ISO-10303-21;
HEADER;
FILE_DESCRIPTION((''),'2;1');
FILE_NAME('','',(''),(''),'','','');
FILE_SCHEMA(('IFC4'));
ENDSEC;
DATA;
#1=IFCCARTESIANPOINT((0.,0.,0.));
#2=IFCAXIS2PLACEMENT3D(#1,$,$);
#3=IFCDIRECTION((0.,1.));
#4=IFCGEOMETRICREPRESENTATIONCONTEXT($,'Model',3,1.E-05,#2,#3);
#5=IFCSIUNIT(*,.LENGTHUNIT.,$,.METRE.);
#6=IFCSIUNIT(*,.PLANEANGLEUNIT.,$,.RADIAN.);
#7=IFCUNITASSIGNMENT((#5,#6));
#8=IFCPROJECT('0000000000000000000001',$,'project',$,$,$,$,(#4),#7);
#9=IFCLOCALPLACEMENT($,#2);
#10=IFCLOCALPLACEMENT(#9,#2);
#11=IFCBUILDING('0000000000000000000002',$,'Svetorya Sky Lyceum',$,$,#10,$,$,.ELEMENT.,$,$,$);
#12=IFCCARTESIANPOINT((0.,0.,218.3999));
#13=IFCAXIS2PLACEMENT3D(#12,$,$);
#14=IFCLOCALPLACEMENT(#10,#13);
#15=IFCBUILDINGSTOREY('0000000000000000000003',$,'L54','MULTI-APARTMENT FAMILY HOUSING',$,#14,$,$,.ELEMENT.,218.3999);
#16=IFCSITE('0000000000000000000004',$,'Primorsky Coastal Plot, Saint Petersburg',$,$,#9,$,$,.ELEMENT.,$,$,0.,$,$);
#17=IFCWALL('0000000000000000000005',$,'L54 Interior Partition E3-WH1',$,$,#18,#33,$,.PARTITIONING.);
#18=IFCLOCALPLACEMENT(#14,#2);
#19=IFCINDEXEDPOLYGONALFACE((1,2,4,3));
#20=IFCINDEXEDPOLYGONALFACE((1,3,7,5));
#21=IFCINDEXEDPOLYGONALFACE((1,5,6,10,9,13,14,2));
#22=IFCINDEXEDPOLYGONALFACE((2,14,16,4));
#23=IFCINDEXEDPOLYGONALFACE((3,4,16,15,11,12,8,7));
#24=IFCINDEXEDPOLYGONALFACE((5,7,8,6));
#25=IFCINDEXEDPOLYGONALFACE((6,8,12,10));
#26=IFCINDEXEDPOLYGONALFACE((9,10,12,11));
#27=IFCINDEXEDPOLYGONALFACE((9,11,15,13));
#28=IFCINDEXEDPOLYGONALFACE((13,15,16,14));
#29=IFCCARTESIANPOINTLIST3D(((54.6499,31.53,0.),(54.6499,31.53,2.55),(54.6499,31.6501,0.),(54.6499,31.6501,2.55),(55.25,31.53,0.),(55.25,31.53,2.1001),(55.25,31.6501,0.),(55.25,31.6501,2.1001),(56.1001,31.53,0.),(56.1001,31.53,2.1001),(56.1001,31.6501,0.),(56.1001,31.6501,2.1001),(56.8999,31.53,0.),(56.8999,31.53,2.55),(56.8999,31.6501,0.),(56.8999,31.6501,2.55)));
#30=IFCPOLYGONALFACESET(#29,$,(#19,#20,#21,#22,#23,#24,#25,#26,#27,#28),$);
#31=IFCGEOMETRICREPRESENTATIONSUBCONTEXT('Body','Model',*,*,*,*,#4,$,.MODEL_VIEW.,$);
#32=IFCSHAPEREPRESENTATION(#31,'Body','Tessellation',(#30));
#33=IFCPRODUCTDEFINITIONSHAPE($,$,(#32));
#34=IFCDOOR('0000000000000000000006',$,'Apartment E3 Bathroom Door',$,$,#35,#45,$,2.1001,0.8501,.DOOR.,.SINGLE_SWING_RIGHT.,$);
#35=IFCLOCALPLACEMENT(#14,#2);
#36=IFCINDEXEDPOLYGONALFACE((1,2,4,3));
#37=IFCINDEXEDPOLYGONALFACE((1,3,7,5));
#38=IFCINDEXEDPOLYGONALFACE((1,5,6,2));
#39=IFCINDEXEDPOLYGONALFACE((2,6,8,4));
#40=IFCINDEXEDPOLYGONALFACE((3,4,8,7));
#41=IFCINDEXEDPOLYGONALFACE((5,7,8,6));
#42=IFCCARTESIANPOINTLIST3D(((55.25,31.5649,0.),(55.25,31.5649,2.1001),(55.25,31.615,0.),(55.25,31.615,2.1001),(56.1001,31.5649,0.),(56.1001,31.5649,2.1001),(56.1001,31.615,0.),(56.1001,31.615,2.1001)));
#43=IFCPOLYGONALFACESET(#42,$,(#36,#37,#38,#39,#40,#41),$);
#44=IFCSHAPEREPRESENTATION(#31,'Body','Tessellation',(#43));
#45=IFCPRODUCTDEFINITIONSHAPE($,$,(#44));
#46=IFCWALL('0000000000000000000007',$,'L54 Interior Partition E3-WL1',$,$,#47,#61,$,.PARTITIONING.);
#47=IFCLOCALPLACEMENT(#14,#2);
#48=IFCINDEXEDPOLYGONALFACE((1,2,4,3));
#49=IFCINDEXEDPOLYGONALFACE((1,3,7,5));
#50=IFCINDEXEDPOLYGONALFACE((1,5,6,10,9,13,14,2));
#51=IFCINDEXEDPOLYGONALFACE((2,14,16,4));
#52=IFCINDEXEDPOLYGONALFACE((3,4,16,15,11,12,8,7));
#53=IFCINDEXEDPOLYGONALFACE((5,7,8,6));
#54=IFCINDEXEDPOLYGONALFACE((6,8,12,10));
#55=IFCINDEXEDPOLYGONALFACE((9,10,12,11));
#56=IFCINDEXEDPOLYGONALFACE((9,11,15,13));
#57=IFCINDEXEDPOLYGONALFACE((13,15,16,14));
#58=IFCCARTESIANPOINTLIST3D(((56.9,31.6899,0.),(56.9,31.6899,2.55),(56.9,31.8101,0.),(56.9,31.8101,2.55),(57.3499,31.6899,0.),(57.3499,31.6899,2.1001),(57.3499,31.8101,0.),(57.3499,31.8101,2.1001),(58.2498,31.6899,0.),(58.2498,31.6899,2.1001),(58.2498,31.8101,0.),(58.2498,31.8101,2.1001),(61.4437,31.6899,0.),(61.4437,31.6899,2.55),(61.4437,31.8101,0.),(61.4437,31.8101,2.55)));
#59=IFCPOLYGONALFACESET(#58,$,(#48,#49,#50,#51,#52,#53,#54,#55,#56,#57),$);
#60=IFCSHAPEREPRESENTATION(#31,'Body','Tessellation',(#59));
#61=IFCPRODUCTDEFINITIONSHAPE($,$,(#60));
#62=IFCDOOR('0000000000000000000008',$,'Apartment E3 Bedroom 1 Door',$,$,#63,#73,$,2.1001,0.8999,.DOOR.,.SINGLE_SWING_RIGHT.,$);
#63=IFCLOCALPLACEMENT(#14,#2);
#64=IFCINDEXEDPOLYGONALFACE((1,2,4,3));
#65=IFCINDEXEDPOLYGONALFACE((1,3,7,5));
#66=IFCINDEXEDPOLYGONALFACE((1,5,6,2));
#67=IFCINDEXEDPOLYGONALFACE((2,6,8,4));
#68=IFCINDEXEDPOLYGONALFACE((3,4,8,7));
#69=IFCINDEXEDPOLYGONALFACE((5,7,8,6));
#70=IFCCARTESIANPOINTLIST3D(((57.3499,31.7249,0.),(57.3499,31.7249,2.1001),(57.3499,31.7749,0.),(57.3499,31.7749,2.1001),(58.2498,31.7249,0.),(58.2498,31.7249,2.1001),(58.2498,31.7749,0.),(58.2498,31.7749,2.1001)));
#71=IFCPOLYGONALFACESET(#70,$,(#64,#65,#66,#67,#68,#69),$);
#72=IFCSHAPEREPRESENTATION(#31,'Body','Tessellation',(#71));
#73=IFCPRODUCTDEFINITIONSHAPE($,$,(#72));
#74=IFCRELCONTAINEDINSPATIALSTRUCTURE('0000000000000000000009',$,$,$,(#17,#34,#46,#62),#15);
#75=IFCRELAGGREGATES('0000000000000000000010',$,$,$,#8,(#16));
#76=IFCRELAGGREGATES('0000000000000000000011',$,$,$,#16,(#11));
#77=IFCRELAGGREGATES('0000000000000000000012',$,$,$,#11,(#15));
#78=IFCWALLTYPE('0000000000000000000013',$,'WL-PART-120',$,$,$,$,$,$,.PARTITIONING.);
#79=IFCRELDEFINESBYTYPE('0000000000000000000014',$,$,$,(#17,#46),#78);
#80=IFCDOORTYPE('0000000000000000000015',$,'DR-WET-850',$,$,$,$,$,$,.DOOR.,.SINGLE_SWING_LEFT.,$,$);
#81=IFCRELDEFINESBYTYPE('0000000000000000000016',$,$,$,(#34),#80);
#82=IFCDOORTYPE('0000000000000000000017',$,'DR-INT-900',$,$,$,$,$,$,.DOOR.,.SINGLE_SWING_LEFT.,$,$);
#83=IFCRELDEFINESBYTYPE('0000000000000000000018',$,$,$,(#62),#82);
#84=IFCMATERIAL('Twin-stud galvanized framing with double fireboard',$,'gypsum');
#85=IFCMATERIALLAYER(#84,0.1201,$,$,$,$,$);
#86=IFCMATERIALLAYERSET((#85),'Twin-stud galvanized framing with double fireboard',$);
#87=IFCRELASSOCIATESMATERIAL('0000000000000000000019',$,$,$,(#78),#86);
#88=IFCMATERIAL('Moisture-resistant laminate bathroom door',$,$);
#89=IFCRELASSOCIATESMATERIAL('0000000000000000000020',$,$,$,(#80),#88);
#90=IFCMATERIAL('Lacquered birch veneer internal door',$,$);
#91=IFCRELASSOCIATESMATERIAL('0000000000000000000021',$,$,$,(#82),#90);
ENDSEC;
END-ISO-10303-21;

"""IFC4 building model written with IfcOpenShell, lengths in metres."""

from ifc_helpers import new_model, si_unit, direction, frame, frame_2d, origin, place, context, subcontext, project, spatial, rectangle, extrude, material, layer, layer_set, type_object, element, fill, save


model = new_model("IFC4")

# Units and contexts
model_context = context("Model", 3, precision=1e-05, world=origin(), true_north=direction((0.0, 1.0)))
body_context = subcontext(model_context, "Body", "Model", "MODEL_VIEW")
ifc_project = project(units=[si_unit("LENGTHUNIT", "METRE"), si_unit("PLANEANGLEUNIT", "RADIAN")], contexts=[model_context])

# Site, building, storey
site_placement = place(None, origin())
site = spatial("IfcSite", under=ifc_project, at=site_placement, Name="Primorsky Coastal Plot, Saint Petersburg", CompositionType="ELEMENT", RefElevation=0.0)
building_placement = place(site_placement, origin())
building = spatial("IfcBuilding", under=site, at=building_placement, Name="Svetorya Sky Lyceum", CompositionType="ELEMENT")
storey_placement = place(building_placement, frame((0.0, 0.0, 218.3999)))
storey = spatial("IfcBuildingStorey", under=building, at=storey_placement, Name="L54", Description="MULTI-APARTMENT FAMILY HOUSING", CompositionType="ELEMENT", Elevation=218.3999)

# Walls, openings, doors
ifc_material_1 = material(Name="Twin-stud galvanized framing with double fireboard", Category="gypsum")
ifc_layer_1 = layer(ifc_material_1, 0.1201)
ifc_layer_set_1 = layer_set([ifc_layer_1], Name="Twin-stud galvanized framing with double fireboard")
wall_type_1 = type_object("IfcWallType", Name="WL-PART-120", PredefinedType="PARTITIONING", material=ifc_layer_set_1)
wall_1_placement = place(storey_placement, frame((54.6499, 31.5901, 0.0), z_axis=(0.0, 0.0, 1.0), x_axis=(1.0, 0.0, 0.0)))
wall_1 = element("IfcWall", 1, at=wall_1_placement, inside=storey, type_object=wall_type_1, Name="L54 Interior Partition E3-WH1", PredefinedType="PARTITIONING", context=body_context, shape_type="SweptSolid", body=[
    extrude(rectangle(XDim=2.25, YDim=0.1201, at=frame_2d((1.125, 0.0))), origin(), (0.0, 0.0, 1.0), 2.55),
])
opening_1_placement = place(wall_1_placement, frame((0.6001, 0.0, 0.0)))
opening_1 = element("IfcOpeningElement", 2, at=opening_1_placement, cuts=wall_1, PredefinedType="OPENING", context=body_context, shape_type="SweptSolid", body=[
    extrude(rectangle(XDim=0.8501, YDim=2.1001, at=frame_2d((0.425, 1.05))), frame((0.0, 0.0701, 0.0), z_axis=(0.0, -1.0, 0.0), x_axis=(1.0, 0.0, 0.0)), (0.0, 0.0, 1.0), 0.1401),
])
ifc_material_2 = material(Name="Moisture-resistant laminate bathroom door")
door_type_1 = type_object("IfcDoorType", Name="DR-WET-850", OperationType="SINGLE_SWING_LEFT", PredefinedType="DOOR", material=ifc_material_2)
door_1_placement = place(opening_1_placement, origin())
door_1 = element("IfcDoor", 3, at=door_1_placement, inside=storey, type_object=door_type_1, Name="Apartment E3 Bathroom Door", OperationType="SINGLE_SWING_RIGHT", OverallHeight=2.1001, OverallWidth=0.8501, PredefinedType="DOOR", context=body_context, shape_type="SweptSolid", body=[
    extrude(rectangle(XDim=0.8501, YDim=2.1001, at=frame_2d((0.425, 1.05))), frame((0.0, 0.0249, 0.0), z_axis=(0.0, -1.0, 0.0), x_axis=(1.0, 0.0, 0.0)), (0.0, 0.0, 1.0), 0.05),
])
fill(opening_1, door_1)
wall_2_placement = place(storey_placement, frame((56.8999, 31.75, 0.0), z_axis=(0.0, 0.0, 1.0), x_axis=(1.0, 0.0, 0.0)))
wall_2 = element("IfcWall", 4, at=wall_2_placement, inside=storey, type_object=wall_type_1, Name="L54 Interior Partition E3-WL1", PredefinedType="PARTITIONING", context=body_context, shape_type="SweptSolid", body=[
    extrude(rectangle(XDim=4.5437, YDim=0.1201, at=frame_2d((2.272, 0.0))), origin(), (0.0, 0.0, 1.0), 2.55),
])
opening_2_placement = place(wall_2_placement, frame((0.45, 0.0, 0.0)))
opening_2 = element("IfcOpeningElement", 5, at=opening_2_placement, cuts=wall_2, PredefinedType="OPENING", context=body_context, shape_type="SweptSolid", body=[
    extrude(rectangle(XDim=0.8999, YDim=2.1001, at=frame_2d((0.45, 1.05))), frame((0.0, 0.0701, 0.0), z_axis=(0.0, -1.0, 0.0), x_axis=(1.0, 0.0, 0.0)), (0.0, 0.0, 1.0), 0.1401),
])
ifc_material_3 = material(Name="Lacquered birch veneer internal door")
door_type_2 = type_object("IfcDoorType", Name="DR-INT-900", OperationType="SINGLE_SWING_LEFT", PredefinedType="DOOR", material=ifc_material_3)
door_2_placement = place(opening_2_placement, origin())
door_2 = element("IfcDoor", 6, at=door_2_placement, inside=storey, type_object=door_type_2, Name="Apartment E3 Bedroom 1 Door", OperationType="SINGLE_SWING_RIGHT", OverallHeight=2.1001, OverallWidth=0.8999, PredefinedType="DOOR", context=body_context, shape_type="SweptSolid", body=[
    extrude(rectangle(XDim=0.8999, YDim=2.1001, at=frame_2d((0.45, 1.05))), frame((0.0, 0.0249, 0.0), z_axis=(0.0, -1.0, 0.0), x_axis=(1.0, 0.0, 0.0)), (0.0, 0.0, 1.0), 0.05),
])
fill(opening_2, door_2)

save(model, "model.ifc")
